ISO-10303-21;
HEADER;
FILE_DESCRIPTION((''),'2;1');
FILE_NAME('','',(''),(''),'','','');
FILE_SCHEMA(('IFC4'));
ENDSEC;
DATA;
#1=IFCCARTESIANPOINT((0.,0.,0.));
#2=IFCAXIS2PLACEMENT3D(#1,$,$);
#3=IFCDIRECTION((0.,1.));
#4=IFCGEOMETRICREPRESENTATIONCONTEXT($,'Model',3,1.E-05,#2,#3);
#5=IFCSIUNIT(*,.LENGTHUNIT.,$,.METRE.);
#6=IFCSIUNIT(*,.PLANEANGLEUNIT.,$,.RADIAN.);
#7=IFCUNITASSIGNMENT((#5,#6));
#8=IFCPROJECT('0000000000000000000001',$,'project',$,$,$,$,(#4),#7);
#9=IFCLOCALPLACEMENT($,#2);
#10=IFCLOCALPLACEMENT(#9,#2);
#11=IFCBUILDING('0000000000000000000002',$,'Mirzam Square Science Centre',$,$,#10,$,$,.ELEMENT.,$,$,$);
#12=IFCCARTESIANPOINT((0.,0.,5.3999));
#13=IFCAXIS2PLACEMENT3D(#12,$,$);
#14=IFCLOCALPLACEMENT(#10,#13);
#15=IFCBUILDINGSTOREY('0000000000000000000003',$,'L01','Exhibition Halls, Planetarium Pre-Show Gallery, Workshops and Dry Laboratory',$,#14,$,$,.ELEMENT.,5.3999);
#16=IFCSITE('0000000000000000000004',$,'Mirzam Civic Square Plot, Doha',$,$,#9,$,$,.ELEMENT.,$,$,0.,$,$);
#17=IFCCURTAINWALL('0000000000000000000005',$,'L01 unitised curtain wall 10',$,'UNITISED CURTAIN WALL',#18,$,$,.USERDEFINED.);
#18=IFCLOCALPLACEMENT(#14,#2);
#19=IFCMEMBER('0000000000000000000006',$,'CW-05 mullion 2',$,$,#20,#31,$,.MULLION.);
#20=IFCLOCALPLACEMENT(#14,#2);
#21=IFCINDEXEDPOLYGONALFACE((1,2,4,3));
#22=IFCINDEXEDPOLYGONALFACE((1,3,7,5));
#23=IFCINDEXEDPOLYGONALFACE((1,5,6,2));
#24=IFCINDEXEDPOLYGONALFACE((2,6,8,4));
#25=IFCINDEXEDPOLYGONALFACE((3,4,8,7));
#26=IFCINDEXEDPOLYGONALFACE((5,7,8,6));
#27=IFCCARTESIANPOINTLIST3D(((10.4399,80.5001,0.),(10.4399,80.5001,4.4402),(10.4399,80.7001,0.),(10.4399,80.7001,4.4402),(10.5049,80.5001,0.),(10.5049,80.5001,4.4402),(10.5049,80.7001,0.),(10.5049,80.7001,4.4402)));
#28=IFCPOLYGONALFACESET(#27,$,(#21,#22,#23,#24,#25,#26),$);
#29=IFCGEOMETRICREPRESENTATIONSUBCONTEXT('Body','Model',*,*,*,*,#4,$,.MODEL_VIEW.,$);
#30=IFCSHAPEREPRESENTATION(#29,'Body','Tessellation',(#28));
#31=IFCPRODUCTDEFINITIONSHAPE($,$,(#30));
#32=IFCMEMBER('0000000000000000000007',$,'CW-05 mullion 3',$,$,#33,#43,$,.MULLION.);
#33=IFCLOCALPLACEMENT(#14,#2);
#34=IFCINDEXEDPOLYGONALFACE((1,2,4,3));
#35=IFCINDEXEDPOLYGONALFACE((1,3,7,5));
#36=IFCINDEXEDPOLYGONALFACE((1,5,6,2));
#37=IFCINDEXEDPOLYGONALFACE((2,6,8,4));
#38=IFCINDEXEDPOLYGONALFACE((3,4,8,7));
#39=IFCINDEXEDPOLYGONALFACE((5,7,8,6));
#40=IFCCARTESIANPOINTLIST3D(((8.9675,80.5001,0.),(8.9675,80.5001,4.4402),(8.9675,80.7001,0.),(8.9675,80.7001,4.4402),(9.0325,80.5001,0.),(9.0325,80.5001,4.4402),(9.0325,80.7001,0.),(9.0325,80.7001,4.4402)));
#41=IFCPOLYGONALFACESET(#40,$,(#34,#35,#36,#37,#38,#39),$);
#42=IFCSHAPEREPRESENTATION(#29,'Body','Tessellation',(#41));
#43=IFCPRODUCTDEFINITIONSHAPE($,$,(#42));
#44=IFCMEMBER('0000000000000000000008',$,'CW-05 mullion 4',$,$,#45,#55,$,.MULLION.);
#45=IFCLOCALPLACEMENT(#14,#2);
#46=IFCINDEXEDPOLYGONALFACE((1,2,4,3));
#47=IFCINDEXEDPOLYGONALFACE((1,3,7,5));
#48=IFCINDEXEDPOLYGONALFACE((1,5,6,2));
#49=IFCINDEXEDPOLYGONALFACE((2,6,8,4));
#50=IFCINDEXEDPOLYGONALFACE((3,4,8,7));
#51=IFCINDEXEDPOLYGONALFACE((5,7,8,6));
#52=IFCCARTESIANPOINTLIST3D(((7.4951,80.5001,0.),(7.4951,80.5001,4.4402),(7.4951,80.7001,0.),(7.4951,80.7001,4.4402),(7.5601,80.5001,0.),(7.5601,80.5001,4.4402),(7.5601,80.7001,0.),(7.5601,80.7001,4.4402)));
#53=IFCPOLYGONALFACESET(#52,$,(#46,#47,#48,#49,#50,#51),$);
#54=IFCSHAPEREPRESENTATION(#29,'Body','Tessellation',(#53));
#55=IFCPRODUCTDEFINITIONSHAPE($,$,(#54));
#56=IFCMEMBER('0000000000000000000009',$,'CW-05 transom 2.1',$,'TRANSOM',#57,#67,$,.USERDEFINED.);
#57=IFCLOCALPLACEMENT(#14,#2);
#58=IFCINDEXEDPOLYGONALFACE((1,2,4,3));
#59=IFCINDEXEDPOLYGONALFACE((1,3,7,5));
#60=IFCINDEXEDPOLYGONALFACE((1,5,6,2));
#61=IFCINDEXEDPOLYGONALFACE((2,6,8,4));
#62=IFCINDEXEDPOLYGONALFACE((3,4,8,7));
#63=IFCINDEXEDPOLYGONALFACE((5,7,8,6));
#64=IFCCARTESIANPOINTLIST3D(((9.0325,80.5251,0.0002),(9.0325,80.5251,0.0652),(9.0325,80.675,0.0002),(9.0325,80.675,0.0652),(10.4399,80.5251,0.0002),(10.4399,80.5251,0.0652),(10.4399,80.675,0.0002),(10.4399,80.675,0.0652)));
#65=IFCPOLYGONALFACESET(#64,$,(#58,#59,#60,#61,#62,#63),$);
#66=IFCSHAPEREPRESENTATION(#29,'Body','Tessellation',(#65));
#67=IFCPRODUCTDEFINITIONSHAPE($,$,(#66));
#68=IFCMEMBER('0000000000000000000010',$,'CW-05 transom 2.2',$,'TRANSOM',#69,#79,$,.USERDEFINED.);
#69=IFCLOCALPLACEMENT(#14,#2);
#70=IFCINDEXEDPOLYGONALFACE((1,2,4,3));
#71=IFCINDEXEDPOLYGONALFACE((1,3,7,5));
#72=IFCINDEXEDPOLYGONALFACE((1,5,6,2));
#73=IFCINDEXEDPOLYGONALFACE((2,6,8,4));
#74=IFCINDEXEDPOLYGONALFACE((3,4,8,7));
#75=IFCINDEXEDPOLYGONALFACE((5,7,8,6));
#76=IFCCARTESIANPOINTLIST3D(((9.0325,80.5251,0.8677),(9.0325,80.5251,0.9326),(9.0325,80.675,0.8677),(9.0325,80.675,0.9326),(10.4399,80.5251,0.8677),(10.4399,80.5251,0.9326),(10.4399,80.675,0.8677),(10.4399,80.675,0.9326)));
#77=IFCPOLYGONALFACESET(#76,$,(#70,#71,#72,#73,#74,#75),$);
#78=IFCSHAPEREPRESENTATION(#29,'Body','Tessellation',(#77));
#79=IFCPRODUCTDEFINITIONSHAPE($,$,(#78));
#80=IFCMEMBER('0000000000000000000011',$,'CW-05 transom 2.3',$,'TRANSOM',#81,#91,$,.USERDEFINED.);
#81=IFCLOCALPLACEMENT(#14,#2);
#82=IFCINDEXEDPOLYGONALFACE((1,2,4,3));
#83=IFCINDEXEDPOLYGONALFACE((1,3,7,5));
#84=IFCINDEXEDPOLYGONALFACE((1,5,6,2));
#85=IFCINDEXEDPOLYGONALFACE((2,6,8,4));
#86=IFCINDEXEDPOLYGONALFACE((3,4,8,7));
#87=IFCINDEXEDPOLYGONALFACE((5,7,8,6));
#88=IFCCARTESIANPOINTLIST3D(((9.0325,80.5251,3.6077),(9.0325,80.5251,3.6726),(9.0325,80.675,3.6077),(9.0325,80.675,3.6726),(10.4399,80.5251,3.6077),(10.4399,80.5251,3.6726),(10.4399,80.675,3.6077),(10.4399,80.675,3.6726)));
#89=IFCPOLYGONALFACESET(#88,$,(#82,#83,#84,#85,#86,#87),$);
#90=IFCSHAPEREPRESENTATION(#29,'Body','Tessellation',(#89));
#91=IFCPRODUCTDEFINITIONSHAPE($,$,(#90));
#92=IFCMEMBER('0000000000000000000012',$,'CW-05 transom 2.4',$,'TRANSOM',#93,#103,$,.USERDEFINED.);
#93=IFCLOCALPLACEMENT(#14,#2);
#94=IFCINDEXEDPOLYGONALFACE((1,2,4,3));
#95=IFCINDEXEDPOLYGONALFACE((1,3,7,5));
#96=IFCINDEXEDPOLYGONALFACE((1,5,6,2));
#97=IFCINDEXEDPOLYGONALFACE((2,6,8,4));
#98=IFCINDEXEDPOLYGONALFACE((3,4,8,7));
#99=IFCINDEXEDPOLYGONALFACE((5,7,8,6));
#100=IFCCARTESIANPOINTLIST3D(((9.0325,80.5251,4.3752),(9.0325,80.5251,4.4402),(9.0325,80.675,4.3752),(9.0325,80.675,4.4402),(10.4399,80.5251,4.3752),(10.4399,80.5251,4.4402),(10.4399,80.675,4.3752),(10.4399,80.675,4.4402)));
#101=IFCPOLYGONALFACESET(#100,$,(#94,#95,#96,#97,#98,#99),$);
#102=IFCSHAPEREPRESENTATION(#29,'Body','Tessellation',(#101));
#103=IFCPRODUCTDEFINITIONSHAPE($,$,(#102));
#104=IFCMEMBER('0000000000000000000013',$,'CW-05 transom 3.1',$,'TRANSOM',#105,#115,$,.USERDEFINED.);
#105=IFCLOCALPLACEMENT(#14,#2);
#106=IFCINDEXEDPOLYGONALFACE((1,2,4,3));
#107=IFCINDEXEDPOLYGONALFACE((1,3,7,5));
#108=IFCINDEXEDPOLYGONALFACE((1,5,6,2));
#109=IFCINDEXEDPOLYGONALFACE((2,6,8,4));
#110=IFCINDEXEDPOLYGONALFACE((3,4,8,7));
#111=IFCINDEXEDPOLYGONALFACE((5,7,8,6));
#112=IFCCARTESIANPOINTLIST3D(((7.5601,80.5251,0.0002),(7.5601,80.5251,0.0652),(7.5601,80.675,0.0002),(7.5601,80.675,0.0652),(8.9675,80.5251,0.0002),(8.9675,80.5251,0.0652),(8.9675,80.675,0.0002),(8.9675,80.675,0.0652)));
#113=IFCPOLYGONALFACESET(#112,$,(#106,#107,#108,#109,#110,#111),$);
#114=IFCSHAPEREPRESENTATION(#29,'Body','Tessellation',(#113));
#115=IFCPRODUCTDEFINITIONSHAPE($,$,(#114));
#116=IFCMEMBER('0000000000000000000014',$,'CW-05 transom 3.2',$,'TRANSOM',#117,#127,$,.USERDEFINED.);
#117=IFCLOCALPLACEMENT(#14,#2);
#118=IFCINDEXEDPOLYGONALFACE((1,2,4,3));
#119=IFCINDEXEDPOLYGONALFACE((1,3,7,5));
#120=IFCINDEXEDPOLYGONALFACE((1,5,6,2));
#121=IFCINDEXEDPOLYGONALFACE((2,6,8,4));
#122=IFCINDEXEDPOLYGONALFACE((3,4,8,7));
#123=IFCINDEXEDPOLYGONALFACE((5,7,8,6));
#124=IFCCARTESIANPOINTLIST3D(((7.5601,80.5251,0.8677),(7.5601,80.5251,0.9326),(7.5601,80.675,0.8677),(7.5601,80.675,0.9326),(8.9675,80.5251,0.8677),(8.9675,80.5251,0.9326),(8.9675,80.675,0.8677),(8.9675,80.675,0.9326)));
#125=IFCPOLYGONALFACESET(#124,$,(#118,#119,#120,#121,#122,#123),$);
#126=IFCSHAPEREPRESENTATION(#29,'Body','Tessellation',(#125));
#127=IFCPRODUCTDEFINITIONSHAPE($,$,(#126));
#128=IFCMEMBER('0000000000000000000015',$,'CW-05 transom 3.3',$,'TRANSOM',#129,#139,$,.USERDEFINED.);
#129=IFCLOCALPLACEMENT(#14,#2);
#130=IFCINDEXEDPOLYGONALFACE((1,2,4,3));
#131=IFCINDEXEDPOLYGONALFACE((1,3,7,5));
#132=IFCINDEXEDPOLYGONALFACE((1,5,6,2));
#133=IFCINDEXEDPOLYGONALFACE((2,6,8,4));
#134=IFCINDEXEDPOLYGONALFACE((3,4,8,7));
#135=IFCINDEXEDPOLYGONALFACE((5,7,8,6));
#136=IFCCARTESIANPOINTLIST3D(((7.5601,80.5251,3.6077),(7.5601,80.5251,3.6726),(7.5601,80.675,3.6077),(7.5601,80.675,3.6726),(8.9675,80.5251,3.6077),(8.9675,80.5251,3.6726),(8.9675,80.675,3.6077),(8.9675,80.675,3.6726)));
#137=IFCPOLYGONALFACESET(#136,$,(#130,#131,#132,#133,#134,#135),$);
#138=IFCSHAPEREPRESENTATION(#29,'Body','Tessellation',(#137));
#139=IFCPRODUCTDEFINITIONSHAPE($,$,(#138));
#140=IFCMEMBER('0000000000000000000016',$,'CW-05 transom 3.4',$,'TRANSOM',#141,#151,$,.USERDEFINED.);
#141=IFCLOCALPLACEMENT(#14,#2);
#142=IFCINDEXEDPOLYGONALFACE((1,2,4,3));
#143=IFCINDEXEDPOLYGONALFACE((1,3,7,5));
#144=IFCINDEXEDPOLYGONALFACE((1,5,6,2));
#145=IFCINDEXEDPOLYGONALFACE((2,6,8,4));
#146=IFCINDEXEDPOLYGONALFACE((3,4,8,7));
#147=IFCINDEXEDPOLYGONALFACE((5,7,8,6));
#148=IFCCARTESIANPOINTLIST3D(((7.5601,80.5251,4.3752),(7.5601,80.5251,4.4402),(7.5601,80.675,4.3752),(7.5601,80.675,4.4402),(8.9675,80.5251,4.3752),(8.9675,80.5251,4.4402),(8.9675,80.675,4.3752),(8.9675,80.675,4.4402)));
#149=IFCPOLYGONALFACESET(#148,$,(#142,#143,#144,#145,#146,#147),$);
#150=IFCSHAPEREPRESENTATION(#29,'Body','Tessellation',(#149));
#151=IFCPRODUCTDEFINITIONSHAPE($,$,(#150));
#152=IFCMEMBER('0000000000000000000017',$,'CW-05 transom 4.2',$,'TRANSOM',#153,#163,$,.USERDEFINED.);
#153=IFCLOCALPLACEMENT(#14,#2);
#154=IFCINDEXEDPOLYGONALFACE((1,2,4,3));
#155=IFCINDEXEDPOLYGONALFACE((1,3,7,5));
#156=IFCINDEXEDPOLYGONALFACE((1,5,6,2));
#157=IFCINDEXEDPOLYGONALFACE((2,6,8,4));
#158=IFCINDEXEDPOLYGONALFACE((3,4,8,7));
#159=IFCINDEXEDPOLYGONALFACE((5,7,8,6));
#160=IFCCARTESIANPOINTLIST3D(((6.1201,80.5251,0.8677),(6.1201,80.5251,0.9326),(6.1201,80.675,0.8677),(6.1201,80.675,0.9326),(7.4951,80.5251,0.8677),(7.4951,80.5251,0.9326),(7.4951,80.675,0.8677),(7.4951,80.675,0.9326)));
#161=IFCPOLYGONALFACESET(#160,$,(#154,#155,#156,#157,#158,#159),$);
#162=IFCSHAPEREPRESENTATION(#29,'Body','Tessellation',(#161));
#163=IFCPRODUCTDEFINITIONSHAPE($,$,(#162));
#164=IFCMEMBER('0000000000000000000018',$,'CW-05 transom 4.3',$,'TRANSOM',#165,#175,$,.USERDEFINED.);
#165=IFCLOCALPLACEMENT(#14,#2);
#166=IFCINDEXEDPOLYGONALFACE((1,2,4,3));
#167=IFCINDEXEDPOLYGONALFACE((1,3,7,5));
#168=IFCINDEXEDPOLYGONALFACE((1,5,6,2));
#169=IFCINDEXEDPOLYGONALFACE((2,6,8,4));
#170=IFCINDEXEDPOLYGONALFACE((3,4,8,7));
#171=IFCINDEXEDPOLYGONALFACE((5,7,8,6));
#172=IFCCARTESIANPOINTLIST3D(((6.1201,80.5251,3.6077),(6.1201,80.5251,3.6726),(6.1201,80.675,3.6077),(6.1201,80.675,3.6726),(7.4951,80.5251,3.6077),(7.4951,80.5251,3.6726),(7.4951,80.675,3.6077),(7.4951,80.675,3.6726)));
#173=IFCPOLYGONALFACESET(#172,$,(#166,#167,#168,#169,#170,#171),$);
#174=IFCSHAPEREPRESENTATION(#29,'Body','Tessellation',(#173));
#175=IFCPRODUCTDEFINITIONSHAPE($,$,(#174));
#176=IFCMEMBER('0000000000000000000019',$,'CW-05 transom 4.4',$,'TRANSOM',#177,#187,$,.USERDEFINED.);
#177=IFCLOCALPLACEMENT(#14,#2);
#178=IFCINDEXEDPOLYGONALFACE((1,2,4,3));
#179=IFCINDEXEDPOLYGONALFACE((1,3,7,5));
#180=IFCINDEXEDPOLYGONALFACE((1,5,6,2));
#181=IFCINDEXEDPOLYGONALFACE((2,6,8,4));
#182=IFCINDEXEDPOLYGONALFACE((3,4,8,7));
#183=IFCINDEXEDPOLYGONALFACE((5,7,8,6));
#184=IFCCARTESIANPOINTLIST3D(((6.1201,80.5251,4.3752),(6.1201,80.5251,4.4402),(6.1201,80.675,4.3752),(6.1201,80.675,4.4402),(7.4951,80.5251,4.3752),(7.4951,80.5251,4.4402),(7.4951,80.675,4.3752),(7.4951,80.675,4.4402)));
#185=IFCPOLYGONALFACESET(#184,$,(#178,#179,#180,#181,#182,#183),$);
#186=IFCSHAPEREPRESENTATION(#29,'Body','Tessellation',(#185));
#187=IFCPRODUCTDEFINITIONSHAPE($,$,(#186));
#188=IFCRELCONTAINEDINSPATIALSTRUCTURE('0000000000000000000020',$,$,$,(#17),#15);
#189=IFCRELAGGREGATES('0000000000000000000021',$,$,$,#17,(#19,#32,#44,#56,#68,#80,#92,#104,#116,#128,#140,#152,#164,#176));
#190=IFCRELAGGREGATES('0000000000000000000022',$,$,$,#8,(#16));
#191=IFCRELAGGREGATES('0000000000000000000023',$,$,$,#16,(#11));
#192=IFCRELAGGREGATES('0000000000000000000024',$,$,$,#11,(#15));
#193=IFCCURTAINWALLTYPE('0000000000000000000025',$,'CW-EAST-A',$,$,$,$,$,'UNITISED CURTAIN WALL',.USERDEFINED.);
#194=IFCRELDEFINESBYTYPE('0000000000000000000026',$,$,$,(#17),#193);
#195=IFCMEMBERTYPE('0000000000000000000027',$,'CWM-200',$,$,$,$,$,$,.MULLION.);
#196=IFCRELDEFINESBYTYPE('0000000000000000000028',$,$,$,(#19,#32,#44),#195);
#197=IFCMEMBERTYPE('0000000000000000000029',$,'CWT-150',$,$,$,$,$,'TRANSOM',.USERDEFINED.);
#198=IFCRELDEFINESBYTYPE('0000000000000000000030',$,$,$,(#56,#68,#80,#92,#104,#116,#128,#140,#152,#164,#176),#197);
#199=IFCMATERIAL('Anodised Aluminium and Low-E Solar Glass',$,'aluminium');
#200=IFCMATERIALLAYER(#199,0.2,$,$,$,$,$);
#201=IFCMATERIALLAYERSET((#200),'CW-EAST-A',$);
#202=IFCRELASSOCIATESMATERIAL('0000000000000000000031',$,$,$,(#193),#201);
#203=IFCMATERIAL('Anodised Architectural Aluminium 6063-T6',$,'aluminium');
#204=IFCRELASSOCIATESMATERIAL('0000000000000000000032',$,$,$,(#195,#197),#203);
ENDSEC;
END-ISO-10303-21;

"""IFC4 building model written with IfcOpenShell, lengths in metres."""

from ifc_helpers import new_model, si_unit, direction, frame, origin, origin_2d, place, context, subcontext, project, spatial, rectangle, extrude, material, layer, layer_set, material_profile, profile_set, type_object, element, aggregate, save


model = new_model("IFC4")

# Units and contexts
model_context = context("Model", 3, precision=1e-05, world=origin(), true_north=direction((0.0, 1.0)))
body_context = subcontext(model_context, "Body", "Model", "MODEL_VIEW")
ifc_project = project(units=[si_unit("LENGTHUNIT", "METRE"), si_unit("PLANEANGLEUNIT", "RADIAN")], contexts=[model_context])

# Site, building, storey
site_placement = place(None, origin())
site = spatial("IfcSite", under=ifc_project, at=site_placement, Name="Mirzam Civic Square Plot, Doha", CompositionType="ELEMENT", RefElevation=0.0)
building_placement = place(site_placement, origin())
building = spatial("IfcBuilding", under=site, at=building_placement, Name="Mirzam Square Science Centre", CompositionType="ELEMENT")
storey_placement = place(building_placement, frame((0.0, 0.0, 5.3999)))
storey = spatial("IfcBuildingStorey", under=building, at=storey_placement, Name="L01", Description="Exhibition Halls, Planetarium Pre-Show Gallery, Workshops and Dry Laboratory", CompositionType="ELEMENT", Elevation=5.3999)

# Curtain wall, members
ifc_material_1 = material(Name="Anodised Aluminium and Low-E Solar Glass", Category="aluminium")
ifc_layer_1 = layer(ifc_material_1, 0.2)
ifc_layer_set_1 = layer_set([ifc_layer_1], Name="CW-EAST-A")
curtain_wall_type = type_object("IfcCurtainWallType", Name="CW-EAST-A", ElementType="UNITISED CURTAIN WALL", PredefinedType="USERDEFINED", material=ifc_layer_set_1)
curtain_wall_placement = place(storey_placement, origin())
curtain_wall = element("IfcCurtainWall", 1, at=curtain_wall_placement, inside=storey, type_object=curtain_wall_type, Name="L01 unitised curtain wall 10", ObjectType="UNITISED CURTAIN WALL", PredefinedType="USERDEFINED")
ifc_material_2 = material(Name="Anodised Architectural Aluminium 6063-T6", Category="aluminium")
ifc_material_profile_1 = material_profile(ifc_material_2, rectangle(XDim=0.0649, YDim=0.2, at=origin_2d()), Name="ALU-MULL-200x65x5")
ifc_profile_set_1 = profile_set([ifc_material_profile_1], Name="Anodised Architectural Aluminium 6063-T6")
member_type_1 = type_object("IfcMemberType", Name="CWM-200", PredefinedType="MULLION", material=ifc_profile_set_1)
member_1_placement = place(storey_placement, frame((10.4724, 80.6001, 0.0), z_axis=(0.0, 0.0, 1.0), x_axis=(-1.0, 0.0, 0.0)))
member_1 = element("IfcMember", 2, at=member_1_placement, type_object=member_type_1, Name="CW-05 mullion 2", PredefinedType="MULLION", context=body_context, shape_type="SweptSolid", body=[
    extrude(rectangle(XDim=0.0649, YDim=0.2, at=origin_2d()), origin(), (0.0, 0.0, 1.0), 4.4402),
])
member_2_placement = place(storey_placement, frame((9.0, 80.6001, 0.0), z_axis=(0.0, 0.0, 1.0), x_axis=(-1.0, 0.0, 0.0)))
member_2 = element("IfcMember", 3, at=member_2_placement, type_object=member_type_1, Name="CW-05 mullion 3", PredefinedType="MULLION", context=body_context, shape_type="SweptSolid", body=[
    extrude(rectangle(XDim=0.0649, YDim=0.2, at=origin_2d()), origin(), (0.0, 0.0, 1.0), 4.4402),
])
member_3_placement = place(storey_placement, frame((7.5276, 80.6001, 0.0), z_axis=(0.0, 0.0, 1.0), x_axis=(-1.0, 0.0, 0.0)))
member_3 = element("IfcMember", 4, at=member_3_placement, type_object=member_type_1, Name="CW-05 mullion 4", PredefinedType="MULLION", context=body_context, shape_type="SweptSolid", body=[
    extrude(rectangle(XDim=0.0649, YDim=0.2, at=origin_2d()), origin(), (0.0, 0.0, 1.0), 4.4402),
])
ifc_material_profile_2 = material_profile(ifc_material_2, rectangle(XDim=0.1499, YDim=0.0649, at=origin_2d()), Name="ALU-TRAN-150x65x4")
ifc_profile_set_2 = profile_set([ifc_material_profile_2], Name="Anodised Architectural Aluminium 6063-T6")
member_type_2 = type_object("IfcMemberType", Name="CWT-150", ElementType="TRANSOM", PredefinedType="USERDEFINED", material=ifc_profile_set_2)
member_4_placement = place(storey_placement, frame((10.4399, 80.6001, 0.0327), z_axis=(-1.0, 0.0, 0.0), x_axis=(0.0, -1.0, 0.0)))
member_4 = element("IfcMember", 5, at=member_4_placement, type_object=member_type_2, Name="CW-05 transom 2.1", ObjectType="TRANSOM", PredefinedType="USERDEFINED", context=body_context, shape_type="SweptSolid", body=[
    extrude(rectangle(XDim=0.1499, YDim=0.0649, at=origin_2d()), origin(), (0.0, 0.0, 1.0), 1.4075),
])
member_5_placement = place(storey_placement, frame((10.4399, 80.6001, 0.9001), z_axis=(-1.0, 0.0, 0.0), x_axis=(0.0, -1.0, 0.0)))
member_5 = element("IfcMember", 6, at=member_5_placement, type_object=member_type_2, Name="CW-05 transom 2.2", ObjectType="TRANSOM", PredefinedType="USERDEFINED", context=body_context, shape_type="SweptSolid", body=[
    extrude(rectangle(XDim=0.1499, YDim=0.0649, at=origin_2d()), origin(), (0.0, 0.0, 1.0), 1.4075),
])
member_6_placement = place(storey_placement, frame((10.4399, 80.6001, 3.6401), z_axis=(-1.0, 0.0, 0.0), x_axis=(0.0, -1.0, 0.0)))
member_6 = element("IfcMember", 7, at=member_6_placement, type_object=member_type_2, Name="CW-05 transom 2.3", ObjectType="TRANSOM", PredefinedType="USERDEFINED", context=body_context, shape_type="SweptSolid", body=[
    extrude(rectangle(XDim=0.1499, YDim=0.0649, at=origin_2d()), origin(), (0.0, 0.0, 1.0), 1.4075),
])
member_7_placement = place(storey_placement, frame((10.4399, 80.6001, 4.4077), z_axis=(-1.0, 0.0, 0.0), x_axis=(0.0, -1.0, 0.0)))
member_7 = element("IfcMember", 8, at=member_7_placement, type_object=member_type_2, Name="CW-05 transom 2.4", ObjectType="TRANSOM", PredefinedType="USERDEFINED", context=body_context, shape_type="SweptSolid", body=[
    extrude(rectangle(XDim=0.1499, YDim=0.0649, at=origin_2d()), origin(), (0.0, 0.0, 1.0), 1.4075),
])
member_8_placement = place(storey_placement, frame((8.9675, 80.6001, 0.0327), z_axis=(-1.0, 0.0, 0.0), x_axis=(0.0, -1.0, 0.0)))
member_8 = element("IfcMember", 9, at=member_8_placement, type_object=member_type_2, Name="CW-05 transom 3.1", ObjectType="TRANSOM", PredefinedType="USERDEFINED", context=body_context, shape_type="SweptSolid", body=[
    extrude(rectangle(XDim=0.1499, YDim=0.0649, at=origin_2d()), origin(), (0.0, 0.0, 1.0), 1.4075),
])
member_9_placement = place(storey_placement, frame((8.9675, 80.6001, 0.9001), z_axis=(-1.0, 0.0, 0.0), x_axis=(0.0, -1.0, 0.0)))
member_9 = element("IfcMember", 10, at=member_9_placement, type_object=member_type_2, Name="CW-05 transom 3.2", ObjectType="TRANSOM", PredefinedType="USERDEFINED", context=body_context, shape_type="SweptSolid", body=[
    extrude(rectangle(XDim=0.1499, YDim=0.0649, at=origin_2d()), origin(), (0.0, 0.0, 1.0), 1.4075),
])
member_10_placement = place(storey_placement, frame((8.9675, 80.6001, 3.6401), z_axis=(-1.0, 0.0, 0.0), x_axis=(0.0, -1.0, 0.0)))
member_10 = element("IfcMember", 11, at=member_10_placement, type_object=member_type_2, Name="CW-05 transom 3.3", ObjectType="TRANSOM", PredefinedType="USERDEFINED", context=body_context, shape_type="SweptSolid", body=[
    extrude(rectangle(XDim=0.1499, YDim=0.0649, at=origin_2d()), origin(), (0.0, 0.0, 1.0), 1.4075),
])
member_11_placement = place(storey_placement, frame((8.9675, 80.6001, 4.4077), z_axis=(-1.0, 0.0, 0.0), x_axis=(0.0, -1.0, 0.0)))
member_11 = element("IfcMember", 12, at=member_11_placement, type_object=member_type_2, Name="CW-05 transom 3.4", ObjectType="TRANSOM", PredefinedType="USERDEFINED", context=body_context, shape_type="SweptSolid", body=[
    extrude(rectangle(XDim=0.1499, YDim=0.0649, at=origin_2d()), origin(), (0.0, 0.0, 1.0), 1.4075),
])
member_12_placement = place(storey_placement, frame((7.4951, 80.6001, 0.9001), z_axis=(-1.0, 0.0, 0.0), x_axis=(0.0, -1.0, 0.0)))
member_12 = element("IfcMember", 13, at=member_12_placement, type_object=member_type_2, Name="CW-05 transom 4.2", ObjectType="TRANSOM", PredefinedType="USERDEFINED", context=body_context, shape_type="SweptSolid", body=[
    extrude(rectangle(XDim=0.1499, YDim=0.0649, at=origin_2d()), origin(), (0.0, 0.0, 1.0), 1.375),
])
member_13_placement = place(storey_placement, frame((7.4951, 80.6001, 3.6401), z_axis=(-1.0, 0.0, 0.0), x_axis=(0.0, -1.0, 0.0)))
member_13 = element("IfcMember", 14, at=member_13_placement, type_object=member_type_2, Name="CW-05 transom 4.3", ObjectType="TRANSOM", PredefinedType="USERDEFINED", context=body_context, shape_type="SweptSolid", body=[
    extrude(rectangle(XDim=0.1499, YDim=0.0649, at=origin_2d()), origin(), (0.0, 0.0, 1.0), 1.375),
])
member_14_placement = place(storey_placement, frame((7.4951, 80.6001, 4.4077), z_axis=(-1.0, 0.0, 0.0), x_axis=(0.0, -1.0, 0.0)))
member_14 = element("IfcMember", 15, at=member_14_placement, type_object=member_type_2, Name="CW-05 transom 4.4", ObjectType="TRANSOM", PredefinedType="USERDEFINED", context=body_context, shape_type="SweptSolid", body=[
    extrude(rectangle(XDim=0.1499, YDim=0.0649, at=origin_2d()), origin(), (0.0, 0.0, 1.0), 1.375),
])
aggregate(curtain_wall, [member_1, member_2, member_3, member_4, member_5, member_6, member_7, member_8, member_9, member_10, member_11, member_12, member_13, member_14])

save(model, "model.ifc")
